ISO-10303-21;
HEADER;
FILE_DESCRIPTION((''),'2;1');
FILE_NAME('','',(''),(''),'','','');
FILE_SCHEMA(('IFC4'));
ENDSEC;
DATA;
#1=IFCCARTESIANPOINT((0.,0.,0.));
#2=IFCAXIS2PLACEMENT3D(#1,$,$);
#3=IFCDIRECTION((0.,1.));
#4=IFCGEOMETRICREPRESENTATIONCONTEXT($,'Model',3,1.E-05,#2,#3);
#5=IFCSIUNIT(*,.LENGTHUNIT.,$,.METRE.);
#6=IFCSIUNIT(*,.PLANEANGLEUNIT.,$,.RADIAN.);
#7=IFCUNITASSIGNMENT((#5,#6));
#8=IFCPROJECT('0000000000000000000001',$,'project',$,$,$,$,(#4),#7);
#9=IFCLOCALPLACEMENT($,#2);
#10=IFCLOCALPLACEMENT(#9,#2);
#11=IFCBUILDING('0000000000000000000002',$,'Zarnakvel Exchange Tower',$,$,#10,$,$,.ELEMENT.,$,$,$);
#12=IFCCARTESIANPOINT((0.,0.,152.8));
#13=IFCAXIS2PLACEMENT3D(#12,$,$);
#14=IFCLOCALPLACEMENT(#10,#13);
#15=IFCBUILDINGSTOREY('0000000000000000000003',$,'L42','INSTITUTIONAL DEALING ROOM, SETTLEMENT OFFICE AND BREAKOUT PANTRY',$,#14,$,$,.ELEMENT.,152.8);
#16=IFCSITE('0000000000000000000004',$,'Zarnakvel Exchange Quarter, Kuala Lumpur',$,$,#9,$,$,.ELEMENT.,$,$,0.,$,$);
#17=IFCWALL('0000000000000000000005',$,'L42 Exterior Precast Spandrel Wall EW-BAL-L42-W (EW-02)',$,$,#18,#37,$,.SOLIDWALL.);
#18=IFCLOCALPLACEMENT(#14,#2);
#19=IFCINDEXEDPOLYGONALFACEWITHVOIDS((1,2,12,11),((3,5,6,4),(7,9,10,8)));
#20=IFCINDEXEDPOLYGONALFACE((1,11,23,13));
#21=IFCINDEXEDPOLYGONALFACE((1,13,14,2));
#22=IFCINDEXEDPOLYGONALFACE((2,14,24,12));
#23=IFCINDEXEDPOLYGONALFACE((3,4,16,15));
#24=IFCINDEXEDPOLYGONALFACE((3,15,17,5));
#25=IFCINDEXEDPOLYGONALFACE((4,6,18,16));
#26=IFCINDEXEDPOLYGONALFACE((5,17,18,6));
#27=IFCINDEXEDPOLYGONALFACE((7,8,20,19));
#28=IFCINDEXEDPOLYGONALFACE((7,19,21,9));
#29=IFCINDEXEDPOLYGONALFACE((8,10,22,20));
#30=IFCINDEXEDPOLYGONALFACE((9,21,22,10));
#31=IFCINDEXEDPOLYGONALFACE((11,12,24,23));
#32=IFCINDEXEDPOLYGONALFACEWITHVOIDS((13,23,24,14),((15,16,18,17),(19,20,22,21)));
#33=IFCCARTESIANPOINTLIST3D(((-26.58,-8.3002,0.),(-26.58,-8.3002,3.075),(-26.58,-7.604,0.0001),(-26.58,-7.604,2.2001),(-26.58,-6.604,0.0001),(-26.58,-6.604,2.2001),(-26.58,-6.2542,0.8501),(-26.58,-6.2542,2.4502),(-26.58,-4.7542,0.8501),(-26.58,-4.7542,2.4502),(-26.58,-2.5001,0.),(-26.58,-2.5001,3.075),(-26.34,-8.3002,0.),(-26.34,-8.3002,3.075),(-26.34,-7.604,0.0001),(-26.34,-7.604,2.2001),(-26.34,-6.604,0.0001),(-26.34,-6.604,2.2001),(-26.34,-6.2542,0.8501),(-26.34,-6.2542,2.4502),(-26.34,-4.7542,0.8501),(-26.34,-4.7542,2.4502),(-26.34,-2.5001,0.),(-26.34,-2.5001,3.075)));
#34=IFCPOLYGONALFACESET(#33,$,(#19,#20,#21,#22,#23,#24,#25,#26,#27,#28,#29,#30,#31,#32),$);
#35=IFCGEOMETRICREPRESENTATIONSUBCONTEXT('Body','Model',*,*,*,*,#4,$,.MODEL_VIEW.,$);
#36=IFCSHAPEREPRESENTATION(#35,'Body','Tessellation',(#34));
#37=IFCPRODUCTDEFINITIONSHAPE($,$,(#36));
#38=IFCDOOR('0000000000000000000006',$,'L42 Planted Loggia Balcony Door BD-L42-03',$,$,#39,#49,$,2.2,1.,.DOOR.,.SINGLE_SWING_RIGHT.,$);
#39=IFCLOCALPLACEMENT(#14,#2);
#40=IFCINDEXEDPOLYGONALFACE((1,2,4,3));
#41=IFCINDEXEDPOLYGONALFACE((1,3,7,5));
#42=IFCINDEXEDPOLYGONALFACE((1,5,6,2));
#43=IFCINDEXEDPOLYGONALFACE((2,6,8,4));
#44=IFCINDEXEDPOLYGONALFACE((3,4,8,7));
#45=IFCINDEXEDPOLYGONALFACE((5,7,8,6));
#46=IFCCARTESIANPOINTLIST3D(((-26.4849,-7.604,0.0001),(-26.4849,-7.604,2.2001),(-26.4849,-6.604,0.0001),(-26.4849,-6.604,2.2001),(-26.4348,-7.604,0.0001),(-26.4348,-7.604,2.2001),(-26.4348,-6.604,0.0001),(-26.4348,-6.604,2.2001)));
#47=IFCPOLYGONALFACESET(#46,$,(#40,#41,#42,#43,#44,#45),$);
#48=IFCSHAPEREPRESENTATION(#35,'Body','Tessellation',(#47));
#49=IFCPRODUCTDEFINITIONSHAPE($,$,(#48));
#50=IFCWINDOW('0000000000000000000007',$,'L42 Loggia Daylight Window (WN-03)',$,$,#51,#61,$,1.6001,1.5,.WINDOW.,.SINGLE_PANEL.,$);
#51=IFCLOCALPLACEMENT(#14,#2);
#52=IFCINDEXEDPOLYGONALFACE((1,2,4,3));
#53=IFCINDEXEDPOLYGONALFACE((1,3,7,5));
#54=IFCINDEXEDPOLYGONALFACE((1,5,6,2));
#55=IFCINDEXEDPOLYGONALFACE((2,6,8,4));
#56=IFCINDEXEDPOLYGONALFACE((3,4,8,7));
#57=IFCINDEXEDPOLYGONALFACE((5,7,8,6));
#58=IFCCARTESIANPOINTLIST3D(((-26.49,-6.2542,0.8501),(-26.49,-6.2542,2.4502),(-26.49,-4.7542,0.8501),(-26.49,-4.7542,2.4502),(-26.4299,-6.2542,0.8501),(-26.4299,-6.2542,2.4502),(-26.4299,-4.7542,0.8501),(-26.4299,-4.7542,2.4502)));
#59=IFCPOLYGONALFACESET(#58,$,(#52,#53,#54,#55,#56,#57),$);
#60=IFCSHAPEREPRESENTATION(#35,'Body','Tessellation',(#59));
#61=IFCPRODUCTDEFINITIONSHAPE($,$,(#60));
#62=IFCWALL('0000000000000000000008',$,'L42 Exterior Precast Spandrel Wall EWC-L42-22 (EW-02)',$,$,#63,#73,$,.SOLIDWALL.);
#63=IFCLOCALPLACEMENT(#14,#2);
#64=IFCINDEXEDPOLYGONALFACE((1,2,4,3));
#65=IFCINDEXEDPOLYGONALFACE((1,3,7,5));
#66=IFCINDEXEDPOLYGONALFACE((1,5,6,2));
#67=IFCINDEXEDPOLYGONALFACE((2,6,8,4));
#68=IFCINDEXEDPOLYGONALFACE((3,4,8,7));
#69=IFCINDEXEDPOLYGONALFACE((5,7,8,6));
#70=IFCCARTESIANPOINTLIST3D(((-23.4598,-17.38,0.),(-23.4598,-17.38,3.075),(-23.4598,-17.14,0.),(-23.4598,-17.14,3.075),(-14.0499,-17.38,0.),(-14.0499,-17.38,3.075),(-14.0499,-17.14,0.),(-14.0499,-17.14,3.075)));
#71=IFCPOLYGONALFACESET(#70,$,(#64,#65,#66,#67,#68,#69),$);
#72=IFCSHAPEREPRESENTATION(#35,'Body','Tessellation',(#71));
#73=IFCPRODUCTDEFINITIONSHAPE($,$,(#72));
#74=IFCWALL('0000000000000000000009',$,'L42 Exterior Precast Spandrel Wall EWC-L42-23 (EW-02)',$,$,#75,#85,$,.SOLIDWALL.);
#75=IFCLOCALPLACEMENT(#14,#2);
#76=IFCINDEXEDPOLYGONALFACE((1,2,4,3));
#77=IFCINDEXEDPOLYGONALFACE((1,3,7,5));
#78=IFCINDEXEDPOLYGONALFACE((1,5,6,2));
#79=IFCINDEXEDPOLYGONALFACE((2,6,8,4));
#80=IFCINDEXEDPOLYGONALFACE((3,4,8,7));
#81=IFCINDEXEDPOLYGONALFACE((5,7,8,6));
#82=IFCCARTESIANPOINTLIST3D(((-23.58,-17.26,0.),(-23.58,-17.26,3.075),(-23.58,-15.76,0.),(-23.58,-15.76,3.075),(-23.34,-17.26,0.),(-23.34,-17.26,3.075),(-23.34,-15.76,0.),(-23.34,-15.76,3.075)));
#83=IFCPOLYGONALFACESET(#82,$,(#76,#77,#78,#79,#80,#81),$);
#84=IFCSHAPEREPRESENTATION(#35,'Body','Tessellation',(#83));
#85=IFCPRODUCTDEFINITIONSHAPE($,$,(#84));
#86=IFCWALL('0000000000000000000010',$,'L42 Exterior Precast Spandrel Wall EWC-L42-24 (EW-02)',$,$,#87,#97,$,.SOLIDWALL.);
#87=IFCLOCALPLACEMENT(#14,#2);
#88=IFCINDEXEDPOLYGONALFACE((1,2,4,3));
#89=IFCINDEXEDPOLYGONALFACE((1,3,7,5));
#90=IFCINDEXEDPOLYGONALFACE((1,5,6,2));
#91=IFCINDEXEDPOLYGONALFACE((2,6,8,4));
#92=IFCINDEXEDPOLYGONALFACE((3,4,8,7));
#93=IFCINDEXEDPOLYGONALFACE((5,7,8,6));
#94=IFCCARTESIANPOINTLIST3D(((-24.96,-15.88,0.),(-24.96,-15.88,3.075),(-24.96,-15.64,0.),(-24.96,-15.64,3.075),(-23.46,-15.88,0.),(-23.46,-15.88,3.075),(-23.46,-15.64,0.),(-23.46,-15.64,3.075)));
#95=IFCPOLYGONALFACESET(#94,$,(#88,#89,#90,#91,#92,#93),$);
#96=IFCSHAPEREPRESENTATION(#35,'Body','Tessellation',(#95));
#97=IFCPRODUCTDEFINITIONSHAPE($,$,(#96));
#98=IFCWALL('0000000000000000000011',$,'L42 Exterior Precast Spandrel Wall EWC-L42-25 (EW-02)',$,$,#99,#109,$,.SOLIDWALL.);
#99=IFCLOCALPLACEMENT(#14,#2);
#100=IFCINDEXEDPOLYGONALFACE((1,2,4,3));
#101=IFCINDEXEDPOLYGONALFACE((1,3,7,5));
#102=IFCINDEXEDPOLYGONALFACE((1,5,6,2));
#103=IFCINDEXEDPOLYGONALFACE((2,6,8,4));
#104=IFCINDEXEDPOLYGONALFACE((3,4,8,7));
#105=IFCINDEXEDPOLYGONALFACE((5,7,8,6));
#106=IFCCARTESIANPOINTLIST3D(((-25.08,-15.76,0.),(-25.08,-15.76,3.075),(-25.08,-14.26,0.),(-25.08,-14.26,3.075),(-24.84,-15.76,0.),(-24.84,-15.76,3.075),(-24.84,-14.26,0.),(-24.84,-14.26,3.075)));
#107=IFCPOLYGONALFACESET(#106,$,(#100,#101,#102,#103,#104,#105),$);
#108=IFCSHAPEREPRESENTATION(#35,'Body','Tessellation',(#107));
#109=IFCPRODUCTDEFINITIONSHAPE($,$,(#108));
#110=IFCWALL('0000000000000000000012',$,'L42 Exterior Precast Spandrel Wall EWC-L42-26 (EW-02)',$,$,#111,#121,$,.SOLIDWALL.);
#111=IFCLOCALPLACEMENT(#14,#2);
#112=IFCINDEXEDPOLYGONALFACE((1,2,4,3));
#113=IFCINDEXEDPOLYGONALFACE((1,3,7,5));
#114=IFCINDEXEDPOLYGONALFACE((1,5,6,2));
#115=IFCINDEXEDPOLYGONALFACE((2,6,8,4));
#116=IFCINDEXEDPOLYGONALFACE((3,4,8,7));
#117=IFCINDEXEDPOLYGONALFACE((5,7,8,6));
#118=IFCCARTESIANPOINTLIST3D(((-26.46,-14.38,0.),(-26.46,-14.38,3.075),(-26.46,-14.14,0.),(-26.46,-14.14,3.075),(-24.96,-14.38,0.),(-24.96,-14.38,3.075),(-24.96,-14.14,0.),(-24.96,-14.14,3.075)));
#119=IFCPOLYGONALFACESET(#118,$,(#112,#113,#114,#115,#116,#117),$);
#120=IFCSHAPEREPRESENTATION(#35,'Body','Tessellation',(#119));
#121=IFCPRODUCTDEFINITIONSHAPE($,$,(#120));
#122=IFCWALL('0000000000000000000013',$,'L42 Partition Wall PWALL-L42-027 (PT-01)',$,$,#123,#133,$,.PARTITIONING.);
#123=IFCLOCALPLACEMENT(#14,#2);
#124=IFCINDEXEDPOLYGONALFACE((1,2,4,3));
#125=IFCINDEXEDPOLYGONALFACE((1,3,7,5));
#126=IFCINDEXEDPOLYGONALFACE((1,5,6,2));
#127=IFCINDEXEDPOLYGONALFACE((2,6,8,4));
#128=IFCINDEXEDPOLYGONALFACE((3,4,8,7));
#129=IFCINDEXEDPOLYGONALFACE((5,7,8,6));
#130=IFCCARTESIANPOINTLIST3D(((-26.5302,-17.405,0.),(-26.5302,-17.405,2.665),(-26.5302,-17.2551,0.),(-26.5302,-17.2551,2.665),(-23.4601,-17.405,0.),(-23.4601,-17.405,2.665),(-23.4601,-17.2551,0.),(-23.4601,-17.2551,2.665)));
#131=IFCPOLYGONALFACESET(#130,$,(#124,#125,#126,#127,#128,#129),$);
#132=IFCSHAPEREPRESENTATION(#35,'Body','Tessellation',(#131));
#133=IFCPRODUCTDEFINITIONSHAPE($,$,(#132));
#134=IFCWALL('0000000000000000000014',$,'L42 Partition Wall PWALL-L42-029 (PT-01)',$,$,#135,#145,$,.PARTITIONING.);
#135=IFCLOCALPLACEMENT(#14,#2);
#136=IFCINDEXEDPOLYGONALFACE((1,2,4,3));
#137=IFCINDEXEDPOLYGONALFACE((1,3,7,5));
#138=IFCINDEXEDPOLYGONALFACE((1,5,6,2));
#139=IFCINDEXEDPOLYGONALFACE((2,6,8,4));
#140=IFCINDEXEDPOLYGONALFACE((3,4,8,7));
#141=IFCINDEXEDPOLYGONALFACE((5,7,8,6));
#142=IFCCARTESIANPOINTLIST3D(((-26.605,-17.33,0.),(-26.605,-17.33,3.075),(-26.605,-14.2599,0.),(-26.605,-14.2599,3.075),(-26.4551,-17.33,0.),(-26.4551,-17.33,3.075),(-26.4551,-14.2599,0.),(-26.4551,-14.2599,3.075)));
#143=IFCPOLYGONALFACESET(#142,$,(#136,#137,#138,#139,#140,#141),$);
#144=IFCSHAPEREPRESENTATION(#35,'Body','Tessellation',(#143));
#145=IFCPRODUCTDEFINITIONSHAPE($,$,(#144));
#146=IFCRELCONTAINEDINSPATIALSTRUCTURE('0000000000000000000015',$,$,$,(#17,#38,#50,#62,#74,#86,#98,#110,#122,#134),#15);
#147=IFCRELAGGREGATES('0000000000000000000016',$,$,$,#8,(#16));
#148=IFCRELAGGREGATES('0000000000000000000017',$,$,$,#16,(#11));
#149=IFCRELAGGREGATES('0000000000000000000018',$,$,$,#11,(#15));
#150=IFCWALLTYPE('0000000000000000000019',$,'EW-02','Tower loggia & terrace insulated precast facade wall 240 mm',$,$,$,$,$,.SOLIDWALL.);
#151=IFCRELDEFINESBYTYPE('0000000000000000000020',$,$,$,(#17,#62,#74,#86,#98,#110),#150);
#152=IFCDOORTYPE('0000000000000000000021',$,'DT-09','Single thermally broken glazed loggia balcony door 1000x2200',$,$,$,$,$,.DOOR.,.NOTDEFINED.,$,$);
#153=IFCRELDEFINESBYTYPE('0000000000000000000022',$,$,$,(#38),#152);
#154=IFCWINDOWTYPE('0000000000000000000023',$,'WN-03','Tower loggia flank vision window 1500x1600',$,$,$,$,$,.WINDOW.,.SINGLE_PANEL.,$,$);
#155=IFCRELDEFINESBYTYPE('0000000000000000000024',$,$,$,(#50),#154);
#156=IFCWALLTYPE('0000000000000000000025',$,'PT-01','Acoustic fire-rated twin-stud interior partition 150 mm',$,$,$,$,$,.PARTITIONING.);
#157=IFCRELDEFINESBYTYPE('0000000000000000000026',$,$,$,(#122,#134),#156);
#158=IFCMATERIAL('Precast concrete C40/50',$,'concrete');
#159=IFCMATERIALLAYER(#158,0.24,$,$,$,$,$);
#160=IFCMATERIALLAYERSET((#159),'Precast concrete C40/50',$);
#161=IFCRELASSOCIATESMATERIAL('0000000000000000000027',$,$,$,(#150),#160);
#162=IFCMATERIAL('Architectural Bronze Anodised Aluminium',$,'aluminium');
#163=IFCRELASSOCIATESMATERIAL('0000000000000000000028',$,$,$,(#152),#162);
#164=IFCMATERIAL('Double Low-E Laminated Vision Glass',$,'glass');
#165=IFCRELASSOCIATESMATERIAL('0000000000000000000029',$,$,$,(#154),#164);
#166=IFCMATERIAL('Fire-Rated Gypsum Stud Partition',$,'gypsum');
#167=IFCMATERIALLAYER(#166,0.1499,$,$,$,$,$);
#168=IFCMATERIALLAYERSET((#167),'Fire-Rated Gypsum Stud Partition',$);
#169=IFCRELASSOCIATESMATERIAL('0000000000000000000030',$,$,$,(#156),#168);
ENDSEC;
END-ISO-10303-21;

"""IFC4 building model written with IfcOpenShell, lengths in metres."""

from ifc_helpers import new_model, si_unit, direction, frame, frame_2d, origin, place, context, subcontext, project, spatial, rectangle, extrude, source, transform, mapped, material, layer, layer_set, type_object, element, fill, save


model = new_model("IFC4")

# Units and contexts
model_context = context("Model", 3, precision=1e-05, world=origin(), true_north=direction((0.0, 1.0)))
body_context = subcontext(model_context, "Body", "Model", "MODEL_VIEW")
ifc_project = project(units=[si_unit("LENGTHUNIT", "METRE"), si_unit("PLANEANGLEUNIT", "RADIAN")], contexts=[model_context])

# Site, building, storey
site_placement = place(None, origin())
site = spatial("IfcSite", under=ifc_project, at=site_placement, Name="Zarnakvel Exchange Quarter, Kuala Lumpur", CompositionType="ELEMENT", RefElevation=0.0)
building_placement = place(site_placement, origin())
building = spatial("IfcBuilding", under=site, at=building_placement, Name="Zarnakvel Exchange Tower", CompositionType="ELEMENT")
storey_placement = place(building_placement, frame((0.0, 0.0, 152.8)))
storey = spatial("IfcBuildingStorey", under=building, at=storey_placement, Name="L42", Description="INSTITUTIONAL DEALING ROOM, SETTLEMENT OFFICE AND BREAKOUT PANTRY", CompositionType="ELEMENT", Elevation=152.8)

# Wall, openings, door, window
ifc_material_1 = material(Name="Precast concrete C40/50", Category="concrete")
ifc_layer_1 = layer(ifc_material_1, 0.24)
ifc_layer_set_1 = layer_set([ifc_layer_1], Name="Precast concrete C40/50")
wall_type_1 = type_object("IfcWallType", Name="EW-02", Description="Tower loggia & terrace insulated precast facade wall 240 mm", PredefinedType="SOLIDWALL", material=ifc_layer_set_1)
wall_1_placement = place(storey_placement, frame((-26.46, -8.3, 0.0), z_axis=(0.0, 0.0, 1.0), x_axis=(0.0, 1.0, 0.0)))
wall_1 = element("IfcWall", 1, at=wall_1_placement, inside=storey, type_object=wall_type_1, Name="L42 Exterior Precast Spandrel Wall EW-BAL-L42-W (EW-02)", PredefinedType="SOLIDWALL", context=body_context, shape_type="SweptSolid", body=[
    extrude(rectangle(XDim=5.8, YDim=0.24, at=frame_2d((2.8999, 0.0))), origin(), (0.0, 0.0, 1.0), 3.075),
])
opening_1_placement = place(wall_1_placement, frame((0.696, 0.0, 0.0)))
opening_1 = element("IfcOpeningElement", 2, at=opening_1_placement, cuts=wall_1, PredefinedType="OPENING", context=body_context, shape_type="SweptSolid", body=[
    extrude(rectangle(XDim=1.0, YDim=2.2, at=frame_2d((0.5, 1.1001))), frame((0.0, 0.1299, 0.0), z_axis=(0.0, -1.0, 0.0), x_axis=(1.0, 0.0, 0.0)), (0.0, 0.0, 1.0), 0.26),
])
opening_2_placement = place(wall_1_placement, frame((2.0459, 0.0, 0.8501)))
opening_2 = element("IfcOpeningElement", 3, at=opening_2_placement, cuts=wall_1, PredefinedType="OPENING", context=body_context, shape_type="SweptSolid", body=[
    extrude(rectangle(XDim=1.5, YDim=1.6001, at=frame_2d((0.75, 0.8))), frame((0.0, 0.1299, 0.0), z_axis=(0.0, -1.0, 0.0), x_axis=(1.0, 0.0, 0.0)), (0.0, 0.0, 1.0), 0.26),
])
ifc_material_2 = material(Name="Architectural Bronze Anodised Aluminium", Category="aluminium")
door_type = type_object("IfcDoorType", Name="DT-09", Description="Single thermally broken glazed loggia balcony door 1000x2200", OperationType="NOTDEFINED", PredefinedType="DOOR", material=ifc_material_2)
shared_shape_1 = source(origin(), body_context, "Body", "SweptSolid", [
    extrude(rectangle(XDim=1.0, YDim=2.2, at=frame_2d((0.5, 1.1001))), frame((0.0, 0.0249, 0.0), z_axis=(0.0, -1.0, 0.0), x_axis=(1.0, 0.0, 0.0)), (0.0, 0.0, 1.0), 0.05),
])
door_placement = place(opening_1_placement, origin())
door = element("IfcDoor", 4, at=door_placement, inside=storey, type_object=door_type, Name="L42 Planted Loggia Balcony Door BD-L42-03", OperationType="SINGLE_SWING_RIGHT", OverallHeight=2.2, OverallWidth=1.0, PredefinedType="DOOR", context=body_context, shape_type="MappedRepresentation", body=[
    mapped(shared_shape_1, transform((0.0, 0.0, 0.0), x_axis=(1.0, 0.0, 0.0), y_axis=(0.0, 1.0, 0.0), z_axis=(0.0, 0.0, 1.0), scale=1.0)),
])
fill(opening_1, door)
ifc_material_3 = material(Name="Double Low-E Laminated Vision Glass", Category="glass")
window_type = type_object("IfcWindowType", Name="WN-03", Description="Tower loggia flank vision window 1500x1600", PartitioningType="SINGLE_PANEL", PredefinedType="WINDOW", material=ifc_material_3)
shared_shape_2 = source(origin(), body_context, "Body", "SweptSolid", [
    extrude(rectangle(XDim=1.5, YDim=1.6001, at=frame_2d((0.75, 0.8))), frame((0.0, 0.03, 0.0), z_axis=(0.0, -1.0, 0.0), x_axis=(1.0, 0.0, 0.0)), (0.0, 0.0, 1.0), 0.0601),
])
window_placement = place(opening_2_placement, origin())
window = element("IfcWindow", 5, at=window_placement, inside=storey, type_object=window_type, Name="L42 Loggia Daylight Window (WN-03)", OverallHeight=1.6001, OverallWidth=1.5, PartitioningType="SINGLE_PANEL", PredefinedType="WINDOW", context=body_context, shape_type="MappedRepresentation", body=[
    mapped(shared_shape_2, transform((0.0, 0.0, 0.0), x_axis=(1.0, 0.0, 0.0), y_axis=(0.0, 1.0, 0.0), z_axis=(0.0, 0.0, 1.0), scale=1.0)),
])
fill(opening_2, window)

# Walls
wall_2_placement = place(storey_placement, frame((-23.46, -17.26, 0.0), z_axis=(0.0, 0.0, 1.0), x_axis=(1.0, 0.0, 0.0)))
element("IfcWall", 6, at=wall_2_placement, inside=storey, type_object=wall_type_1, Name="L42 Exterior Precast Spandrel Wall EWC-L42-22 (EW-02)", PredefinedType="SOLIDWALL", context=body_context, shape_type="SweptSolid", body=[
    extrude(rectangle(XDim=9.4099, YDim=0.24, at=frame_2d((4.7051, 0.0))), origin(), (0.0, 0.0, 1.0), 3.075),
])
for number, where, z_axis, x_axis, name in (
    (7, (-23.46, -15.76, 0.0), (0.0, 0.0, 1.0), (0.0, -1.0, 0.0), "L42 Exterior Precast Spandrel Wall EWC-L42-23 (EW-02)"),
    (8, (-24.96, -15.76, 0.0), (0.0, 0.0, 1.0), (1.0, 0.0, 0.0), "L42 Exterior Precast Spandrel Wall EWC-L42-24 (EW-02)"),
    (9, (-24.96, -14.26, 0.0), (0.0, 0.0, 1.0), (0.0, -1.0, 0.0), "L42 Exterior Precast Spandrel Wall EWC-L42-25 (EW-02)"),
    (10, (-26.46, -14.26, 0.0), (0.0, 0.0, 1.0), (1.0, 0.0, 0.0), "L42 Exterior Precast Spandrel Wall EWC-L42-26 (EW-02)"),
):
    element("IfcWall", number, at=place(storey_placement, frame(where, z_axis=z_axis, x_axis=x_axis)), inside=storey, type_object=wall_type_1, Name=name, PredefinedType="SOLIDWALL", context=body_context, shape_type="SweptSolid", body=[
        extrude(rectangle(XDim=1.5, YDim=0.24, at=frame_2d((0.75, 0.0))), origin(), (0.0, 0.0, 1.0), 3.075),
    ])
ifc_material_4 = material(Name="Fire-Rated Gypsum Stud Partition", Category="gypsum")
ifc_layer_2 = layer(ifc_material_4, 0.1499)
ifc_layer_set_2 = layer_set([ifc_layer_2], Name="Fire-Rated Gypsum Stud Partition")
wall_type_2 = type_object("IfcWallType", Name="PT-01", Description="Acoustic fire-rated twin-stud interior partition 150 mm", PredefinedType="PARTITIONING", material=ifc_layer_set_2)
wall_3_placement = place(storey_placement, frame((-23.46, -17.3301, 0.0), z_axis=(0.0, 0.0, 1.0), x_axis=(-1.0, 0.0, 0.0)))
element("IfcWall", 11, at=wall_3_placement, inside=storey, type_object=wall_type_2, Name="L42 Partition Wall PWALL-L42-027 (PT-01)", PredefinedType="PARTITIONING", context=body_context, shape_type="SweptSolid", body=[
    extrude(rectangle(XDim=3.0701, YDim=0.1499, at=frame_2d((1.5352, 0.0))), origin(), (0.0, 0.0, 1.0), 2.665),
])
wall_4_placement = place(storey_placement, frame((-26.53, -17.3301, 0.0), z_axis=(0.0, 0.0, 1.0), x_axis=(0.0, 1.0, 0.0)))
element("IfcWall", 12, at=wall_4_placement, inside=storey, type_object=wall_type_2, Name="L42 Partition Wall PWALL-L42-029 (PT-01)", PredefinedType="PARTITIONING", context=body_context, shape_type="SweptSolid", body=[
    extrude(rectangle(XDim=3.0701, YDim=0.1499, at=frame_2d((1.5352, 0.0))), origin(), (0.0, 0.0, 1.0), 3.075),
])

save(model, "model.ifc")
